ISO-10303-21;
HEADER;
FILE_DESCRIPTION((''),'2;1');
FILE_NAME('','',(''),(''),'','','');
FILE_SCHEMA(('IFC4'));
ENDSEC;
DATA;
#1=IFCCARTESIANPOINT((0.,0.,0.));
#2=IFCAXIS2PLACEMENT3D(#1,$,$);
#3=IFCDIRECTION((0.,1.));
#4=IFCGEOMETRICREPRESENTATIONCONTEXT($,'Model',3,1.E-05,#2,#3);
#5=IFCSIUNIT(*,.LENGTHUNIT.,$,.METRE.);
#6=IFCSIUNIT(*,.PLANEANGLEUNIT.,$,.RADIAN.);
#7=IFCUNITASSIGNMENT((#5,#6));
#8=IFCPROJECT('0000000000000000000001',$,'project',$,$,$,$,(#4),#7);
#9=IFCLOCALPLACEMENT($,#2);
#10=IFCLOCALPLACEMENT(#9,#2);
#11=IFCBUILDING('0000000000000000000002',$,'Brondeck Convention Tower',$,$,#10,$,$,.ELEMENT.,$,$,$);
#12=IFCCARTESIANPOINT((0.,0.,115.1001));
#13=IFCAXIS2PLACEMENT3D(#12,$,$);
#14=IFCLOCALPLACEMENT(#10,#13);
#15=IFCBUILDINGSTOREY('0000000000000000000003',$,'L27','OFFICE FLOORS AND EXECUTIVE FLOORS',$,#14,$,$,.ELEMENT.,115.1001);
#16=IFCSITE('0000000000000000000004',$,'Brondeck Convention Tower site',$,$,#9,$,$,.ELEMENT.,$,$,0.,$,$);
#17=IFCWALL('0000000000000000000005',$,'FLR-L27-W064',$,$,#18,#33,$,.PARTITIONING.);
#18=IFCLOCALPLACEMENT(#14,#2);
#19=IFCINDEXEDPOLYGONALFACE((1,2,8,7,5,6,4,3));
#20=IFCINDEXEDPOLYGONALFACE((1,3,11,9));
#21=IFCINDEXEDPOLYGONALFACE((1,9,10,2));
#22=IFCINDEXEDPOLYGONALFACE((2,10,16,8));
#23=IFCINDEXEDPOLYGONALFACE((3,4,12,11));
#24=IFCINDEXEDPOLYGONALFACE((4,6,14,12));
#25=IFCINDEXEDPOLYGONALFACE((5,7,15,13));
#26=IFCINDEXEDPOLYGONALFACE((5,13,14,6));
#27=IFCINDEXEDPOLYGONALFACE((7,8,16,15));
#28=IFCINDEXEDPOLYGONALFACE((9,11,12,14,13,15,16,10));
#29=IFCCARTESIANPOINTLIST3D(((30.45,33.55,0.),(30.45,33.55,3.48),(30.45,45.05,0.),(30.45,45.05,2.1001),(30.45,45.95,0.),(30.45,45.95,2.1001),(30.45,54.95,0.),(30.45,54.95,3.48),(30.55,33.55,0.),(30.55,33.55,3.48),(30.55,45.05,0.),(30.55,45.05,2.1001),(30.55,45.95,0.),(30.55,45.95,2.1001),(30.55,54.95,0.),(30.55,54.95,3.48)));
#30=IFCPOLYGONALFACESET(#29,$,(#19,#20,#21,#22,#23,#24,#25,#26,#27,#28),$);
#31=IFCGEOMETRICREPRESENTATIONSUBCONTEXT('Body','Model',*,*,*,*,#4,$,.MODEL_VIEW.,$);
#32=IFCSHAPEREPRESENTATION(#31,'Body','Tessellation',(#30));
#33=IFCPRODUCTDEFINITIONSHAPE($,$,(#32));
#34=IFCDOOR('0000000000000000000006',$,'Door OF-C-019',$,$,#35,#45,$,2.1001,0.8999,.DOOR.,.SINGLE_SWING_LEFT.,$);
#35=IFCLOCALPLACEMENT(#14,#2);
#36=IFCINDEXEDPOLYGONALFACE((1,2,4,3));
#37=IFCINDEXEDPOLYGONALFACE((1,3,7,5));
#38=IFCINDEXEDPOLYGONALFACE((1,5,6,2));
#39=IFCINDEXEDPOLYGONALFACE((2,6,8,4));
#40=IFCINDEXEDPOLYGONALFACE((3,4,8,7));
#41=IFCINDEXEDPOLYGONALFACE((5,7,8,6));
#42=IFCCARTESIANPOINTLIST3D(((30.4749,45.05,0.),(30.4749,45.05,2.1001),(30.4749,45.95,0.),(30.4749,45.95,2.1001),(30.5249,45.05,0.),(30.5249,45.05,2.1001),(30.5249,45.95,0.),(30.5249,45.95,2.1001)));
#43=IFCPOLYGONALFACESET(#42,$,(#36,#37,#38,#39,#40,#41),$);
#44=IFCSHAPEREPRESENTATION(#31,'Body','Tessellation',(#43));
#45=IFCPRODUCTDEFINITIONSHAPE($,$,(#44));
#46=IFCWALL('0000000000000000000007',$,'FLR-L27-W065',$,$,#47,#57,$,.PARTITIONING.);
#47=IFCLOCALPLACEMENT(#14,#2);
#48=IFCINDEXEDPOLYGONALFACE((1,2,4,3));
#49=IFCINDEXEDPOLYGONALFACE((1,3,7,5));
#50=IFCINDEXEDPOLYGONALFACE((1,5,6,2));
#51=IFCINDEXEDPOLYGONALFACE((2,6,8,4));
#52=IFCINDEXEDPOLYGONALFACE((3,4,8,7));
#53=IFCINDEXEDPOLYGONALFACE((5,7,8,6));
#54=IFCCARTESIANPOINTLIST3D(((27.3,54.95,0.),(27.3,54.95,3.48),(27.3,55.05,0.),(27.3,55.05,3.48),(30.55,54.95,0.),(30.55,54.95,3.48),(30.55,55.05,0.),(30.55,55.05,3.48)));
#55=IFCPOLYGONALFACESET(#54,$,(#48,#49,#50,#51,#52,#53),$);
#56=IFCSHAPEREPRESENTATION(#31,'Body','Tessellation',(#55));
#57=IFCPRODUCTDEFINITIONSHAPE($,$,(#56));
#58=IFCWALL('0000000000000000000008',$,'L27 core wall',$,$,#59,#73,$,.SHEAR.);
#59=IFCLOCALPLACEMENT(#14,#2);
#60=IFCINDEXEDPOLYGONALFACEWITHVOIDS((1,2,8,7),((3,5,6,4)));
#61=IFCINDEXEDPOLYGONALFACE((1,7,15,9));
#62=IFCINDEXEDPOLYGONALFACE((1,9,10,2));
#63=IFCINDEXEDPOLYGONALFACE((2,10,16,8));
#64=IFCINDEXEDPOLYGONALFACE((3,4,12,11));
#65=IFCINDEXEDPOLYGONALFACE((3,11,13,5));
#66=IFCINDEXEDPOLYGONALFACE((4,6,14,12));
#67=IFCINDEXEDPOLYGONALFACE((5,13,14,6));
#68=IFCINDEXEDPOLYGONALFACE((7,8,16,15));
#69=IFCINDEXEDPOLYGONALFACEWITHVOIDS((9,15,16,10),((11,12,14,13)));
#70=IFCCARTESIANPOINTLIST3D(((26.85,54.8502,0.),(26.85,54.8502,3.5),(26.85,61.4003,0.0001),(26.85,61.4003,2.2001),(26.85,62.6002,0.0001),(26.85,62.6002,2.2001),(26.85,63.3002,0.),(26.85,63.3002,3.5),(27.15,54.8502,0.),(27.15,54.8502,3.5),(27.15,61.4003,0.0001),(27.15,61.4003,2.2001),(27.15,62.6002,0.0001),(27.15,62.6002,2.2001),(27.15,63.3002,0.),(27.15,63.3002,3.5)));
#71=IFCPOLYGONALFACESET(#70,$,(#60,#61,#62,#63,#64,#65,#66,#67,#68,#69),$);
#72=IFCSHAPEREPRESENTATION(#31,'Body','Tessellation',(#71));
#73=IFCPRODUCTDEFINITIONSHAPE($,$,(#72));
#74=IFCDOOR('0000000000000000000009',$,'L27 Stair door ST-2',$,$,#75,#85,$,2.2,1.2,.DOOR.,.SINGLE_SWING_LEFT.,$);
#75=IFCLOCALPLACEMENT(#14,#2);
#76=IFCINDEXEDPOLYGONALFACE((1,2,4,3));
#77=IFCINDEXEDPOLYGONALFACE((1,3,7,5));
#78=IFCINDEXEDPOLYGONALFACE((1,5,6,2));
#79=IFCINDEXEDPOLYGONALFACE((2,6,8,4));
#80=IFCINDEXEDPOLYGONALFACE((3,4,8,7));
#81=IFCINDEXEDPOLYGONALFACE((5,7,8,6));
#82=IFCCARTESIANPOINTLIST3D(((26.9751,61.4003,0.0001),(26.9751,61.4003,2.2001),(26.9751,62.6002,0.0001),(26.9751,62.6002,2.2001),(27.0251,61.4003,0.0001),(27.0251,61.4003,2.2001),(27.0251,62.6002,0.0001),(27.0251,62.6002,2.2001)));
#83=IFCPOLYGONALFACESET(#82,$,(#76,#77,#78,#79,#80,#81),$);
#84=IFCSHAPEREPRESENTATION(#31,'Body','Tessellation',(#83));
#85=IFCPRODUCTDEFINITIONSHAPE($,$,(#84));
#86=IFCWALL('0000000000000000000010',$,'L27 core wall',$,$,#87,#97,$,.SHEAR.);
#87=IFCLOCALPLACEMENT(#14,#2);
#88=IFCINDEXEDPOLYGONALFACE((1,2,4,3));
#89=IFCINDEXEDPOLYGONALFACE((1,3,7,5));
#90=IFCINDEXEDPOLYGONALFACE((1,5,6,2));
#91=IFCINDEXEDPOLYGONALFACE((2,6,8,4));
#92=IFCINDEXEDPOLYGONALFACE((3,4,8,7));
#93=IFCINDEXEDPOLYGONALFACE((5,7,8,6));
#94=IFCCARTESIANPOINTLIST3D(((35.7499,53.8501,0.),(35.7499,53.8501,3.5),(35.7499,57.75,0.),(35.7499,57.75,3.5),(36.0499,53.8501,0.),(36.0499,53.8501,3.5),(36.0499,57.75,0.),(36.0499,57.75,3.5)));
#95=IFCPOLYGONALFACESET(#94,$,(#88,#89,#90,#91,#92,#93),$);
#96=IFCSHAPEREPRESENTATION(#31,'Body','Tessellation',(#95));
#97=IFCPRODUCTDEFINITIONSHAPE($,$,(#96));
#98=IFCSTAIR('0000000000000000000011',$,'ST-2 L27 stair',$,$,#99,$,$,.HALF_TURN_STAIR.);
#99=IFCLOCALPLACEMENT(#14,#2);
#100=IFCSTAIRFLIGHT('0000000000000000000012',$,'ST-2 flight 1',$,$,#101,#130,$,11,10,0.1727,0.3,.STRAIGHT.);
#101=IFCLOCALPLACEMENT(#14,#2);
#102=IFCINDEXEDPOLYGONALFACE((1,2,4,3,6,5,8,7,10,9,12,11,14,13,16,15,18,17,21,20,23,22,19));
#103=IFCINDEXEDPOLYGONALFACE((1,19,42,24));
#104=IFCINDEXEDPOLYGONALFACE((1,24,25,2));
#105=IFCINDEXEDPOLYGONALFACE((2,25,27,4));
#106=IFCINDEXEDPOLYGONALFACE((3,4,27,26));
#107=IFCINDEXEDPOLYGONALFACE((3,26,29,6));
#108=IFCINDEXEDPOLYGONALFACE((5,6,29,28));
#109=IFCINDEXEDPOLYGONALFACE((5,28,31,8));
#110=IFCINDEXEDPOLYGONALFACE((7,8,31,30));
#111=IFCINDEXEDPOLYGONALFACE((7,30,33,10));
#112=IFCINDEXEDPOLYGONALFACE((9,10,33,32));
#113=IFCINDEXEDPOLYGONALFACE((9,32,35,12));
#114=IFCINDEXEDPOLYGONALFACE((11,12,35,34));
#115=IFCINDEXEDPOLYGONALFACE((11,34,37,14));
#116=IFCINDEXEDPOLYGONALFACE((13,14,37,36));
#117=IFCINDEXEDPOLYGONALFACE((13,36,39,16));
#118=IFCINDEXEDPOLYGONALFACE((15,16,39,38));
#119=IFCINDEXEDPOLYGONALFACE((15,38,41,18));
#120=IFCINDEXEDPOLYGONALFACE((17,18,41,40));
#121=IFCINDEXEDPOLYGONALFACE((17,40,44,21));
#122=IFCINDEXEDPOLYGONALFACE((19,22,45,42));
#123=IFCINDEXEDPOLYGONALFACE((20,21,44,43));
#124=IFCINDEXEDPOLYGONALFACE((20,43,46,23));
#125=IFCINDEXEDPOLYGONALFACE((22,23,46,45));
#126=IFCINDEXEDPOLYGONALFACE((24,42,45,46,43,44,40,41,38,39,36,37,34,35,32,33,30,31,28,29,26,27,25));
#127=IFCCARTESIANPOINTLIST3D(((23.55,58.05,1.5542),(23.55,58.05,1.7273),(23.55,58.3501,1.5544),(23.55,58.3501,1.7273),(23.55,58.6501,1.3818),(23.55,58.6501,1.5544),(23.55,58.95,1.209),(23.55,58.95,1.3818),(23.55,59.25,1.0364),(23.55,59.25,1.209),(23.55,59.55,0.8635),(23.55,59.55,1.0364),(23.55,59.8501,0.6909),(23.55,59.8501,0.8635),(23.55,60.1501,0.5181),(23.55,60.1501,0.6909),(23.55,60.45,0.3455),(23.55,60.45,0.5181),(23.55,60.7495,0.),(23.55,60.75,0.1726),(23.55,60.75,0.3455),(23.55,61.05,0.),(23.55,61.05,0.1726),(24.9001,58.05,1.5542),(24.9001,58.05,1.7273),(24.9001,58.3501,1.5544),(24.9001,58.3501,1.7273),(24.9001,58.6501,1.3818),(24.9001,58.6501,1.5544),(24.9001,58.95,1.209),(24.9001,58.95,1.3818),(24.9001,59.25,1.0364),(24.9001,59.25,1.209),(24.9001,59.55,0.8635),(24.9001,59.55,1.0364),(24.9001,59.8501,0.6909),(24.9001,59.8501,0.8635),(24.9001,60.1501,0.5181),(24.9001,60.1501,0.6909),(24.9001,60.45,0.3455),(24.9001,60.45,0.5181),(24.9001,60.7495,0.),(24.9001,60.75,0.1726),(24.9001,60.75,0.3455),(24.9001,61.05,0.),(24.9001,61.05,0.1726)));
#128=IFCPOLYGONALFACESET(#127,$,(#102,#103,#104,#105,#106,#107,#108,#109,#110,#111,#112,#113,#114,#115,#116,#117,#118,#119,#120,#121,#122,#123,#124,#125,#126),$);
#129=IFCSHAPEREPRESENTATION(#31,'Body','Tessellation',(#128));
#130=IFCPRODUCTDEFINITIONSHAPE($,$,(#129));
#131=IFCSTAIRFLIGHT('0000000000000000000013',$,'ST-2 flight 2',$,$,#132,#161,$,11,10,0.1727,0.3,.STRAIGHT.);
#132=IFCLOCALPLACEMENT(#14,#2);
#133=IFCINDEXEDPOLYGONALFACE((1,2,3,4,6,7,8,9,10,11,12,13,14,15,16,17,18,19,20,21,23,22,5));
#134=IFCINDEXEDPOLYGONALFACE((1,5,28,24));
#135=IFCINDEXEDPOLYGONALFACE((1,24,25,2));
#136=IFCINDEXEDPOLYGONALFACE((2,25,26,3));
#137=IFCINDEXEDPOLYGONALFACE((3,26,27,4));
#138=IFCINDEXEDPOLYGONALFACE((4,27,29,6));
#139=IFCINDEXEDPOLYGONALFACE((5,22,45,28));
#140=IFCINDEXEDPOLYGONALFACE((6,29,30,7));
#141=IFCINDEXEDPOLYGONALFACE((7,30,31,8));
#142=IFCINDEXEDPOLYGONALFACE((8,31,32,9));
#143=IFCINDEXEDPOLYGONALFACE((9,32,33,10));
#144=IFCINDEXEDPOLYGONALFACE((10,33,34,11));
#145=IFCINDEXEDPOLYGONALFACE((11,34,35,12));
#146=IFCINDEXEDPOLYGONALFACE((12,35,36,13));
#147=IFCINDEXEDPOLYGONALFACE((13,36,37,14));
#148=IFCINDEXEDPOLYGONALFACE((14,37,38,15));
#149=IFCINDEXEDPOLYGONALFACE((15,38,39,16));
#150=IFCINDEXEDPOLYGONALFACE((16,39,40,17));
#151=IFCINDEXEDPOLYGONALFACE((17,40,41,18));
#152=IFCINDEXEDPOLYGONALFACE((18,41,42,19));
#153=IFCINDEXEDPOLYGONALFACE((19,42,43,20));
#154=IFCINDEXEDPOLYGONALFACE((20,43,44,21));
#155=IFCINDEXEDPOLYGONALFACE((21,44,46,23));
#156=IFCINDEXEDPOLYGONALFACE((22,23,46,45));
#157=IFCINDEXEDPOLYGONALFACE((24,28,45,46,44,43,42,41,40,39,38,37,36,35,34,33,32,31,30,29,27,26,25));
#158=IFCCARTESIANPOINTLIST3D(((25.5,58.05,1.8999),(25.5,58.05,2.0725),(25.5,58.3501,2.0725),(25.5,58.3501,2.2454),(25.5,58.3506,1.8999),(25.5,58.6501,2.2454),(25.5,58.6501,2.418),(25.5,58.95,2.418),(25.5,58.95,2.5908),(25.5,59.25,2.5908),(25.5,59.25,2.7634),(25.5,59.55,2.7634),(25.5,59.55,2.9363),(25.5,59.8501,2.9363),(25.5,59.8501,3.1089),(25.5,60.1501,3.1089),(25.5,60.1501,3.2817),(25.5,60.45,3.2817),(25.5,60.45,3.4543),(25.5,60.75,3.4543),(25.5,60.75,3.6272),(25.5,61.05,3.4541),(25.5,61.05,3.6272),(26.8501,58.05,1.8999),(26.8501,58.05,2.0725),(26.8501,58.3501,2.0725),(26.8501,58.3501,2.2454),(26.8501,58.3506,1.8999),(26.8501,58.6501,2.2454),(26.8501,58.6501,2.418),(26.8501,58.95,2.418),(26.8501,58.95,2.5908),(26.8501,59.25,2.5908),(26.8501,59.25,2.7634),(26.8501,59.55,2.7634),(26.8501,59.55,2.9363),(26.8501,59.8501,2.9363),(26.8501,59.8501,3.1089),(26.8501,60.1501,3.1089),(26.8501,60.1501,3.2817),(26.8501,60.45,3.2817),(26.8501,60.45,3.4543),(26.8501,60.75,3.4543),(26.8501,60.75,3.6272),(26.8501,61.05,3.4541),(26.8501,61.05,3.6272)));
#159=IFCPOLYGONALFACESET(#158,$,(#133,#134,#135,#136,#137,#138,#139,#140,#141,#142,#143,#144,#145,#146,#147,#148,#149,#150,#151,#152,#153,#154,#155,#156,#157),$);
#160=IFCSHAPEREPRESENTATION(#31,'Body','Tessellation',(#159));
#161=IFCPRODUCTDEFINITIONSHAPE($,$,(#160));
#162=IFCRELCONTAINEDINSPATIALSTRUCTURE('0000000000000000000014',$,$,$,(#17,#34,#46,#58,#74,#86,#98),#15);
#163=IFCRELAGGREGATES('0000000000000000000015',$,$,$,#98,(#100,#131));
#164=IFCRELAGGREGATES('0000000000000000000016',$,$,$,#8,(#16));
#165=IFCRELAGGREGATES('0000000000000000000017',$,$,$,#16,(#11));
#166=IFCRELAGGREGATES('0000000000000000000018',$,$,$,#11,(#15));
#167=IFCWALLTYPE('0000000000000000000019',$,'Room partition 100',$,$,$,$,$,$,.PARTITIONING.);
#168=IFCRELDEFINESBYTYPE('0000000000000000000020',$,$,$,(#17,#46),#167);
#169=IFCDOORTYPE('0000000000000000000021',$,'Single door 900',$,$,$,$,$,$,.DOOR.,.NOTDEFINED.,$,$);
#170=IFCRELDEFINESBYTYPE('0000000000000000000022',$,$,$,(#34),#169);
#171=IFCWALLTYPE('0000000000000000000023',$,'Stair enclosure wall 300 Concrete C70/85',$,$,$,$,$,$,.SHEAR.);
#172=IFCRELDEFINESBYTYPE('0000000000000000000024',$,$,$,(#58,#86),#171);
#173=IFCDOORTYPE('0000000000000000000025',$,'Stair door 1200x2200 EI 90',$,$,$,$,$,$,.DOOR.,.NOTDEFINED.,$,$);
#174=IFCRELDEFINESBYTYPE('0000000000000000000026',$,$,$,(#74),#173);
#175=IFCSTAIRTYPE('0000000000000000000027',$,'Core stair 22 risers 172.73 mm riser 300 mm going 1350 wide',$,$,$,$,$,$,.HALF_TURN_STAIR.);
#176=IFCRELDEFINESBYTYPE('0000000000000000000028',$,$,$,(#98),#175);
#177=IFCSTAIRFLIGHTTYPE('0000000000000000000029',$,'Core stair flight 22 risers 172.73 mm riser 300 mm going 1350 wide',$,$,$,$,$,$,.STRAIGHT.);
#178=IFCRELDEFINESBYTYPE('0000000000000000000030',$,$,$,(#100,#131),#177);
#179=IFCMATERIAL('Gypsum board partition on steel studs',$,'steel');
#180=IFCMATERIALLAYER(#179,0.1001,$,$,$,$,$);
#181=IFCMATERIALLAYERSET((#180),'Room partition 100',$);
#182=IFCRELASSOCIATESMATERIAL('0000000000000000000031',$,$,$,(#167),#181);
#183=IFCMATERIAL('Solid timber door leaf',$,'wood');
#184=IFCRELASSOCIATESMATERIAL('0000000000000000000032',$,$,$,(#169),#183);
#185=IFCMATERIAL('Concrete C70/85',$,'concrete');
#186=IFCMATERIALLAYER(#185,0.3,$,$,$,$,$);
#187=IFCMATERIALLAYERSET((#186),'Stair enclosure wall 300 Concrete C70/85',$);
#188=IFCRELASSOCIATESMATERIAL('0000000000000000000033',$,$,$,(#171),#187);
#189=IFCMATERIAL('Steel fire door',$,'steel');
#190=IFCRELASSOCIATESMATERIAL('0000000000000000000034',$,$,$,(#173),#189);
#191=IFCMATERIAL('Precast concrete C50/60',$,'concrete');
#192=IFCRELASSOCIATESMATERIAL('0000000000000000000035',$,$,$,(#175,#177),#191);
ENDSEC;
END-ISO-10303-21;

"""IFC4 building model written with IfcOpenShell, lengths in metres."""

from ifc_helpers import new_model, si_unit, direction, frame, frame_2d, origin, place, context, subcontext, project, spatial, polyline, rectangle, outline, extrude, material, layer, layer_set, type_object, element, fill, aggregate, save


model = new_model("IFC4")

# Units and contexts
model_context = context("Model", 3, precision=1e-05, world=origin(), true_north=direction((0.0, 1.0)))
body_context = subcontext(model_context, "Body", "Model", "MODEL_VIEW")
ifc_project = project(units=[si_unit("LENGTHUNIT", "METRE"), si_unit("PLANEANGLEUNIT", "RADIAN")], contexts=[model_context])

# Site, building, storey
site_placement = place(None, origin())
site = spatial("IfcSite", under=ifc_project, at=site_placement, Name="Brondeck Convention Tower site", CompositionType="ELEMENT", RefElevation=0.0)
building_placement = place(site_placement, origin())
building = spatial("IfcBuilding", under=site, at=building_placement, Name="Brondeck Convention Tower", CompositionType="ELEMENT")
storey_placement = place(building_placement, frame((0.0, 0.0, 115.1001)))
storey = spatial("IfcBuildingStorey", under=building, at=storey_placement, Name="L27", Description="OFFICE FLOORS AND EXECUTIVE FLOORS", CompositionType="ELEMENT", Elevation=115.1001)

# Shared definitions
ifc_material_1 = material(Name="Concrete C70/85", Category="concrete")

# Shared definitions
ifc_material_2 = material(Name="Gypsum board partition on steel studs", Category="steel")
ifc_layer_1 = layer(ifc_material_2, 0.1001)
ifc_layer_set_1 = layer_set([ifc_layer_1], Name="Room partition 100")
wall_type_1 = type_object("IfcWallType", Name="Room partition 100", PredefinedType="PARTITIONING", material=ifc_layer_set_1)

# Wall, opening, door
wall_1_placement = place(storey_placement, frame((30.5, 54.95, 0.0), z_axis=(0.0, 0.0, 1.0), x_axis=(0.0, -1.0, 0.0)))
wall_1 = element("IfcWall", 1, at=wall_1_placement, inside=storey, type_object=wall_type_1, Name="FLR-L27-W064", PredefinedType="PARTITIONING", context=body_context, shape_type="SweptSolid", body=[
    extrude(rectangle(XDim=21.3999, YDim=0.1001, at=frame_2d((10.7, 0.0))), origin(), (0.0, 0.0, 1.0), 3.48),
])
opening_1_placement = place(wall_1_placement, frame((9.0, 0.0, 0.0)))
opening_1 = element("IfcOpeningElement", 2, at=opening_1_placement, cuts=wall_1, PredefinedType="OPENING", context=body_context, shape_type="SweptSolid", body=[
    extrude(rectangle(XDim=0.8999, YDim=2.1001, at=frame_2d((0.45, 1.05))), frame((0.0, 0.0601, 0.0), z_axis=(0.0, -1.0, 0.0), x_axis=(1.0, 0.0, 0.0)), (0.0, 0.0, 1.0), 0.1201),
])
ifc_material_3 = material(Name="Solid timber door leaf", Category="wood")
door_type_1 = type_object("IfcDoorType", Name="Single door 900", OperationType="NOTDEFINED", PredefinedType="DOOR", material=ifc_material_3)
door_1_placement = place(opening_1_placement, origin())
door_1 = element("IfcDoor", 3, at=door_1_placement, inside=storey, type_object=door_type_1, Name="Door OF-C-019", OperationType="SINGLE_SWING_LEFT", OverallHeight=2.1001, OverallWidth=0.8999, PredefinedType="DOOR", context=body_context, shape_type="SweptSolid", body=[
    extrude(rectangle(XDim=0.8999, YDim=2.1001, at=frame_2d((0.45, 1.05))), frame((0.0, 0.0249, 0.0), z_axis=(0.0, -1.0, 0.0), x_axis=(1.0, 0.0, 0.0)), (0.0, 0.0, 1.0), 0.05),
])
fill(opening_1, door_1)

# Wall
wall_2_placement = place(storey_placement, frame((27.3, 55.0, 0.0), z_axis=(0.0, 0.0, 1.0), x_axis=(1.0, 0.0, 0.0)))
element("IfcWall", 4, at=wall_2_placement, inside=storey, type_object=wall_type_1, Name="FLR-L27-W065", PredefinedType="PARTITIONING", context=body_context, shape_type="SweptSolid", body=[
    extrude(rectangle(XDim=3.25, YDim=0.1001, at=frame_2d((1.625, 0.0))), origin(), (0.0, 0.0, 1.0), 3.48),
])

# Wall, opening, door
ifc_layer_2 = layer(ifc_material_1, 0.3)
ifc_layer_set_2 = layer_set([ifc_layer_2], Name="Stair enclosure wall 300 Concrete C70/85")
wall_type_2 = type_object("IfcWallType", Name="Stair enclosure wall 300 Concrete C70/85", PredefinedType="SHEAR", material=ifc_layer_set_2)
wall_3_placement = place(storey_placement, frame((27.0, 54.8501, 0.0), z_axis=(0.0, 0.0, 1.0), x_axis=(0.0, 1.0, 0.0)))
wall_3 = element("IfcWall", 5, at=wall_3_placement, inside=storey, type_object=wall_type_2, Name="L27 core wall", PredefinedType="SHEAR", context=body_context, shape_type="SweptSolid", body=[
    extrude(rectangle(XDim=8.45, YDim=0.3, at=frame_2d((4.2251, 0.0))), origin(), (0.0, 0.0, 1.0), 3.5),
])
opening_2_placement = place(wall_3_placement, frame((6.55, 0.0, 0.0)))
opening_2 = element("IfcOpeningElement", 6, at=opening_2_placement, cuts=wall_3, PredefinedType="OPENING", context=body_context, shape_type="SweptSolid", body=[
    extrude(rectangle(XDim=1.2, YDim=2.2, at=frame_2d((0.6001, 1.1001))), frame((0.0, 0.1599, 0.0), z_axis=(0.0, -1.0, 0.0), x_axis=(1.0, 0.0, 0.0)), (0.0, 0.0, 1.0), 0.3201),
])
ifc_material_4 = material(Name="Steel fire door", Category="steel")
door_type_2 = type_object("IfcDoorType", Name="Stair door 1200x2200 EI 90", OperationType="NOTDEFINED", PredefinedType="DOOR", material=ifc_material_4)
door_2_placement = place(opening_2_placement, origin())
door_2 = element("IfcDoor", 7, at=door_2_placement, inside=storey, type_object=door_type_2, Name="L27 Stair door ST-2", OperationType="SINGLE_SWING_LEFT", OverallHeight=2.2, OverallWidth=1.2, PredefinedType="DOOR", context=body_context, shape_type="SweptSolid", body=[
    extrude(rectangle(XDim=1.2, YDim=2.2, at=frame_2d((0.6001, 1.1001))), frame((0.0, 0.0249, 0.0), z_axis=(0.0, -1.0, 0.0), x_axis=(1.0, 0.0, 0.0)), (0.0, 0.0, 1.0), 0.05),
])
fill(opening_2, door_2)

# Wall
wall_4_placement = place(storey_placement, frame((35.8999, 53.8501, 0.0), z_axis=(0.0, 0.0, 1.0), x_axis=(0.0, 1.0, 0.0)))
element("IfcWall", 8, at=wall_4_placement, inside=storey, type_object=wall_type_2, Name="L27 core wall", PredefinedType="SHEAR", context=body_context, shape_type="SweptSolid", body=[
    extrude(rectangle(XDim=3.8999, YDim=0.3, at=frame_2d((1.95, 0.0))), origin(), (0.0, 0.0, 1.0), 3.5),
])

# Stair, stair flights
ifc_material_5 = material(Name="Precast concrete C50/60", Category="concrete")
stair_type = type_object("IfcStairType", Name="Core stair 22 risers 172.73 mm riser 300 mm going 1350 wide", PredefinedType="HALF_TURN_STAIR", material=ifc_material_5)
stair_placement = place(storey_placement, origin())
stair = element("IfcStair", 9, at=stair_placement, inside=storey, type_object=stair_type, Name="ST-2 L27 stair", PredefinedType="HALF_TURN_STAIR")
stair_flight_type = type_object("IfcStairFlightType", Name="Core stair flight 22 risers 172.73 mm riser 300 mm going 1350 wide", PredefinedType="STRAIGHT", material=ifc_material_5)
stair_flight_1_placement = place(storey_placement, frame((24.2251, 61.05, 0.0), z_axis=(0.0, 0.0, 1.0), x_axis=(0.0, -1.0, 0.0)))
stair_flight_1 = element("IfcStairFlight", 10, at=stair_flight_1_placement, type_object=stair_flight_type, Name="ST-2 flight 1", NumberOfRisers=11, NumberOfTreads=10, PredefinedType="STRAIGHT", RiserHeight=0.1727, TreadLength=0.3, context=body_context, shape_type="SweptSolid", body=[
    extrude(outline(polyline([(0.0, 0.0), (0.0, 0.1726), (0.3, 0.1726), (0.3, 0.3455), (0.6001, 0.3455), (0.6001, 0.5181), (0.8999, 0.5181), (0.8999, 0.6909), (1.2, 0.6909), (1.2, 0.8635), (1.5, 0.8635), (1.5, 1.0364), (1.8, 1.0364), (1.8, 1.209), (2.1001, 1.209), (2.1001, 1.3818), (2.3999, 1.3818), (2.3999, 1.5544), (2.7, 1.5544), (2.7, 1.7273), (3.0, 1.7273), (3.0, 1.8999), (3.0, 1.5542), (0.3005, 0.0), (0.0, 0.0)])), frame((0.0, 0.675, 0.0), z_axis=(0.0, -1.0, 0.0), x_axis=(1.0, 0.0, 0.0)), (0.0, 0.0, 1.0), 1.3501),
])
stair_flight_2_placement = place(storey_placement, frame((26.175, 58.05, 1.8999), z_axis=(0.0, 0.0, 1.0), x_axis=(0.0, 1.0, 0.0)))
stair_flight_2 = element("IfcStairFlight", 11, at=stair_flight_2_placement, type_object=stair_flight_type, Name="ST-2 flight 2", NumberOfRisers=11, NumberOfTreads=10, PredefinedType="STRAIGHT", RiserHeight=0.1727, TreadLength=0.3, context=body_context, shape_type="SweptSolid", body=[
    extrude(outline(polyline([(0.0, 0.0), (0.0, 0.1726), (0.3, 0.1726), (0.3, 0.3455), (0.6001, 0.3455), (0.6001, 0.5181), (0.8999, 0.5181), (0.8999, 0.6909), (1.2, 0.6909), (1.2, 0.8635), (1.5, 0.8635), (1.5, 1.0364), (1.8, 1.0364), (1.8, 1.209), (2.1001, 1.209), (2.1001, 1.3818), (2.3999, 1.3818), (2.3999, 1.5544), (2.7, 1.5544), (2.7, 1.7273), (3.0, 1.7273), (3.0, 1.8999), (3.0, 1.5542), (0.3005, 0.0), (0.0, 0.0)])), frame((0.0, 0.675, 0.0), z_axis=(0.0, -1.0, 0.0), x_axis=(1.0, 0.0, 0.0)), (0.0, 0.0, 1.0), 1.3501),
])
aggregate(stair, [stair_flight_1, stair_flight_2])

save(model, "model.ifc")
